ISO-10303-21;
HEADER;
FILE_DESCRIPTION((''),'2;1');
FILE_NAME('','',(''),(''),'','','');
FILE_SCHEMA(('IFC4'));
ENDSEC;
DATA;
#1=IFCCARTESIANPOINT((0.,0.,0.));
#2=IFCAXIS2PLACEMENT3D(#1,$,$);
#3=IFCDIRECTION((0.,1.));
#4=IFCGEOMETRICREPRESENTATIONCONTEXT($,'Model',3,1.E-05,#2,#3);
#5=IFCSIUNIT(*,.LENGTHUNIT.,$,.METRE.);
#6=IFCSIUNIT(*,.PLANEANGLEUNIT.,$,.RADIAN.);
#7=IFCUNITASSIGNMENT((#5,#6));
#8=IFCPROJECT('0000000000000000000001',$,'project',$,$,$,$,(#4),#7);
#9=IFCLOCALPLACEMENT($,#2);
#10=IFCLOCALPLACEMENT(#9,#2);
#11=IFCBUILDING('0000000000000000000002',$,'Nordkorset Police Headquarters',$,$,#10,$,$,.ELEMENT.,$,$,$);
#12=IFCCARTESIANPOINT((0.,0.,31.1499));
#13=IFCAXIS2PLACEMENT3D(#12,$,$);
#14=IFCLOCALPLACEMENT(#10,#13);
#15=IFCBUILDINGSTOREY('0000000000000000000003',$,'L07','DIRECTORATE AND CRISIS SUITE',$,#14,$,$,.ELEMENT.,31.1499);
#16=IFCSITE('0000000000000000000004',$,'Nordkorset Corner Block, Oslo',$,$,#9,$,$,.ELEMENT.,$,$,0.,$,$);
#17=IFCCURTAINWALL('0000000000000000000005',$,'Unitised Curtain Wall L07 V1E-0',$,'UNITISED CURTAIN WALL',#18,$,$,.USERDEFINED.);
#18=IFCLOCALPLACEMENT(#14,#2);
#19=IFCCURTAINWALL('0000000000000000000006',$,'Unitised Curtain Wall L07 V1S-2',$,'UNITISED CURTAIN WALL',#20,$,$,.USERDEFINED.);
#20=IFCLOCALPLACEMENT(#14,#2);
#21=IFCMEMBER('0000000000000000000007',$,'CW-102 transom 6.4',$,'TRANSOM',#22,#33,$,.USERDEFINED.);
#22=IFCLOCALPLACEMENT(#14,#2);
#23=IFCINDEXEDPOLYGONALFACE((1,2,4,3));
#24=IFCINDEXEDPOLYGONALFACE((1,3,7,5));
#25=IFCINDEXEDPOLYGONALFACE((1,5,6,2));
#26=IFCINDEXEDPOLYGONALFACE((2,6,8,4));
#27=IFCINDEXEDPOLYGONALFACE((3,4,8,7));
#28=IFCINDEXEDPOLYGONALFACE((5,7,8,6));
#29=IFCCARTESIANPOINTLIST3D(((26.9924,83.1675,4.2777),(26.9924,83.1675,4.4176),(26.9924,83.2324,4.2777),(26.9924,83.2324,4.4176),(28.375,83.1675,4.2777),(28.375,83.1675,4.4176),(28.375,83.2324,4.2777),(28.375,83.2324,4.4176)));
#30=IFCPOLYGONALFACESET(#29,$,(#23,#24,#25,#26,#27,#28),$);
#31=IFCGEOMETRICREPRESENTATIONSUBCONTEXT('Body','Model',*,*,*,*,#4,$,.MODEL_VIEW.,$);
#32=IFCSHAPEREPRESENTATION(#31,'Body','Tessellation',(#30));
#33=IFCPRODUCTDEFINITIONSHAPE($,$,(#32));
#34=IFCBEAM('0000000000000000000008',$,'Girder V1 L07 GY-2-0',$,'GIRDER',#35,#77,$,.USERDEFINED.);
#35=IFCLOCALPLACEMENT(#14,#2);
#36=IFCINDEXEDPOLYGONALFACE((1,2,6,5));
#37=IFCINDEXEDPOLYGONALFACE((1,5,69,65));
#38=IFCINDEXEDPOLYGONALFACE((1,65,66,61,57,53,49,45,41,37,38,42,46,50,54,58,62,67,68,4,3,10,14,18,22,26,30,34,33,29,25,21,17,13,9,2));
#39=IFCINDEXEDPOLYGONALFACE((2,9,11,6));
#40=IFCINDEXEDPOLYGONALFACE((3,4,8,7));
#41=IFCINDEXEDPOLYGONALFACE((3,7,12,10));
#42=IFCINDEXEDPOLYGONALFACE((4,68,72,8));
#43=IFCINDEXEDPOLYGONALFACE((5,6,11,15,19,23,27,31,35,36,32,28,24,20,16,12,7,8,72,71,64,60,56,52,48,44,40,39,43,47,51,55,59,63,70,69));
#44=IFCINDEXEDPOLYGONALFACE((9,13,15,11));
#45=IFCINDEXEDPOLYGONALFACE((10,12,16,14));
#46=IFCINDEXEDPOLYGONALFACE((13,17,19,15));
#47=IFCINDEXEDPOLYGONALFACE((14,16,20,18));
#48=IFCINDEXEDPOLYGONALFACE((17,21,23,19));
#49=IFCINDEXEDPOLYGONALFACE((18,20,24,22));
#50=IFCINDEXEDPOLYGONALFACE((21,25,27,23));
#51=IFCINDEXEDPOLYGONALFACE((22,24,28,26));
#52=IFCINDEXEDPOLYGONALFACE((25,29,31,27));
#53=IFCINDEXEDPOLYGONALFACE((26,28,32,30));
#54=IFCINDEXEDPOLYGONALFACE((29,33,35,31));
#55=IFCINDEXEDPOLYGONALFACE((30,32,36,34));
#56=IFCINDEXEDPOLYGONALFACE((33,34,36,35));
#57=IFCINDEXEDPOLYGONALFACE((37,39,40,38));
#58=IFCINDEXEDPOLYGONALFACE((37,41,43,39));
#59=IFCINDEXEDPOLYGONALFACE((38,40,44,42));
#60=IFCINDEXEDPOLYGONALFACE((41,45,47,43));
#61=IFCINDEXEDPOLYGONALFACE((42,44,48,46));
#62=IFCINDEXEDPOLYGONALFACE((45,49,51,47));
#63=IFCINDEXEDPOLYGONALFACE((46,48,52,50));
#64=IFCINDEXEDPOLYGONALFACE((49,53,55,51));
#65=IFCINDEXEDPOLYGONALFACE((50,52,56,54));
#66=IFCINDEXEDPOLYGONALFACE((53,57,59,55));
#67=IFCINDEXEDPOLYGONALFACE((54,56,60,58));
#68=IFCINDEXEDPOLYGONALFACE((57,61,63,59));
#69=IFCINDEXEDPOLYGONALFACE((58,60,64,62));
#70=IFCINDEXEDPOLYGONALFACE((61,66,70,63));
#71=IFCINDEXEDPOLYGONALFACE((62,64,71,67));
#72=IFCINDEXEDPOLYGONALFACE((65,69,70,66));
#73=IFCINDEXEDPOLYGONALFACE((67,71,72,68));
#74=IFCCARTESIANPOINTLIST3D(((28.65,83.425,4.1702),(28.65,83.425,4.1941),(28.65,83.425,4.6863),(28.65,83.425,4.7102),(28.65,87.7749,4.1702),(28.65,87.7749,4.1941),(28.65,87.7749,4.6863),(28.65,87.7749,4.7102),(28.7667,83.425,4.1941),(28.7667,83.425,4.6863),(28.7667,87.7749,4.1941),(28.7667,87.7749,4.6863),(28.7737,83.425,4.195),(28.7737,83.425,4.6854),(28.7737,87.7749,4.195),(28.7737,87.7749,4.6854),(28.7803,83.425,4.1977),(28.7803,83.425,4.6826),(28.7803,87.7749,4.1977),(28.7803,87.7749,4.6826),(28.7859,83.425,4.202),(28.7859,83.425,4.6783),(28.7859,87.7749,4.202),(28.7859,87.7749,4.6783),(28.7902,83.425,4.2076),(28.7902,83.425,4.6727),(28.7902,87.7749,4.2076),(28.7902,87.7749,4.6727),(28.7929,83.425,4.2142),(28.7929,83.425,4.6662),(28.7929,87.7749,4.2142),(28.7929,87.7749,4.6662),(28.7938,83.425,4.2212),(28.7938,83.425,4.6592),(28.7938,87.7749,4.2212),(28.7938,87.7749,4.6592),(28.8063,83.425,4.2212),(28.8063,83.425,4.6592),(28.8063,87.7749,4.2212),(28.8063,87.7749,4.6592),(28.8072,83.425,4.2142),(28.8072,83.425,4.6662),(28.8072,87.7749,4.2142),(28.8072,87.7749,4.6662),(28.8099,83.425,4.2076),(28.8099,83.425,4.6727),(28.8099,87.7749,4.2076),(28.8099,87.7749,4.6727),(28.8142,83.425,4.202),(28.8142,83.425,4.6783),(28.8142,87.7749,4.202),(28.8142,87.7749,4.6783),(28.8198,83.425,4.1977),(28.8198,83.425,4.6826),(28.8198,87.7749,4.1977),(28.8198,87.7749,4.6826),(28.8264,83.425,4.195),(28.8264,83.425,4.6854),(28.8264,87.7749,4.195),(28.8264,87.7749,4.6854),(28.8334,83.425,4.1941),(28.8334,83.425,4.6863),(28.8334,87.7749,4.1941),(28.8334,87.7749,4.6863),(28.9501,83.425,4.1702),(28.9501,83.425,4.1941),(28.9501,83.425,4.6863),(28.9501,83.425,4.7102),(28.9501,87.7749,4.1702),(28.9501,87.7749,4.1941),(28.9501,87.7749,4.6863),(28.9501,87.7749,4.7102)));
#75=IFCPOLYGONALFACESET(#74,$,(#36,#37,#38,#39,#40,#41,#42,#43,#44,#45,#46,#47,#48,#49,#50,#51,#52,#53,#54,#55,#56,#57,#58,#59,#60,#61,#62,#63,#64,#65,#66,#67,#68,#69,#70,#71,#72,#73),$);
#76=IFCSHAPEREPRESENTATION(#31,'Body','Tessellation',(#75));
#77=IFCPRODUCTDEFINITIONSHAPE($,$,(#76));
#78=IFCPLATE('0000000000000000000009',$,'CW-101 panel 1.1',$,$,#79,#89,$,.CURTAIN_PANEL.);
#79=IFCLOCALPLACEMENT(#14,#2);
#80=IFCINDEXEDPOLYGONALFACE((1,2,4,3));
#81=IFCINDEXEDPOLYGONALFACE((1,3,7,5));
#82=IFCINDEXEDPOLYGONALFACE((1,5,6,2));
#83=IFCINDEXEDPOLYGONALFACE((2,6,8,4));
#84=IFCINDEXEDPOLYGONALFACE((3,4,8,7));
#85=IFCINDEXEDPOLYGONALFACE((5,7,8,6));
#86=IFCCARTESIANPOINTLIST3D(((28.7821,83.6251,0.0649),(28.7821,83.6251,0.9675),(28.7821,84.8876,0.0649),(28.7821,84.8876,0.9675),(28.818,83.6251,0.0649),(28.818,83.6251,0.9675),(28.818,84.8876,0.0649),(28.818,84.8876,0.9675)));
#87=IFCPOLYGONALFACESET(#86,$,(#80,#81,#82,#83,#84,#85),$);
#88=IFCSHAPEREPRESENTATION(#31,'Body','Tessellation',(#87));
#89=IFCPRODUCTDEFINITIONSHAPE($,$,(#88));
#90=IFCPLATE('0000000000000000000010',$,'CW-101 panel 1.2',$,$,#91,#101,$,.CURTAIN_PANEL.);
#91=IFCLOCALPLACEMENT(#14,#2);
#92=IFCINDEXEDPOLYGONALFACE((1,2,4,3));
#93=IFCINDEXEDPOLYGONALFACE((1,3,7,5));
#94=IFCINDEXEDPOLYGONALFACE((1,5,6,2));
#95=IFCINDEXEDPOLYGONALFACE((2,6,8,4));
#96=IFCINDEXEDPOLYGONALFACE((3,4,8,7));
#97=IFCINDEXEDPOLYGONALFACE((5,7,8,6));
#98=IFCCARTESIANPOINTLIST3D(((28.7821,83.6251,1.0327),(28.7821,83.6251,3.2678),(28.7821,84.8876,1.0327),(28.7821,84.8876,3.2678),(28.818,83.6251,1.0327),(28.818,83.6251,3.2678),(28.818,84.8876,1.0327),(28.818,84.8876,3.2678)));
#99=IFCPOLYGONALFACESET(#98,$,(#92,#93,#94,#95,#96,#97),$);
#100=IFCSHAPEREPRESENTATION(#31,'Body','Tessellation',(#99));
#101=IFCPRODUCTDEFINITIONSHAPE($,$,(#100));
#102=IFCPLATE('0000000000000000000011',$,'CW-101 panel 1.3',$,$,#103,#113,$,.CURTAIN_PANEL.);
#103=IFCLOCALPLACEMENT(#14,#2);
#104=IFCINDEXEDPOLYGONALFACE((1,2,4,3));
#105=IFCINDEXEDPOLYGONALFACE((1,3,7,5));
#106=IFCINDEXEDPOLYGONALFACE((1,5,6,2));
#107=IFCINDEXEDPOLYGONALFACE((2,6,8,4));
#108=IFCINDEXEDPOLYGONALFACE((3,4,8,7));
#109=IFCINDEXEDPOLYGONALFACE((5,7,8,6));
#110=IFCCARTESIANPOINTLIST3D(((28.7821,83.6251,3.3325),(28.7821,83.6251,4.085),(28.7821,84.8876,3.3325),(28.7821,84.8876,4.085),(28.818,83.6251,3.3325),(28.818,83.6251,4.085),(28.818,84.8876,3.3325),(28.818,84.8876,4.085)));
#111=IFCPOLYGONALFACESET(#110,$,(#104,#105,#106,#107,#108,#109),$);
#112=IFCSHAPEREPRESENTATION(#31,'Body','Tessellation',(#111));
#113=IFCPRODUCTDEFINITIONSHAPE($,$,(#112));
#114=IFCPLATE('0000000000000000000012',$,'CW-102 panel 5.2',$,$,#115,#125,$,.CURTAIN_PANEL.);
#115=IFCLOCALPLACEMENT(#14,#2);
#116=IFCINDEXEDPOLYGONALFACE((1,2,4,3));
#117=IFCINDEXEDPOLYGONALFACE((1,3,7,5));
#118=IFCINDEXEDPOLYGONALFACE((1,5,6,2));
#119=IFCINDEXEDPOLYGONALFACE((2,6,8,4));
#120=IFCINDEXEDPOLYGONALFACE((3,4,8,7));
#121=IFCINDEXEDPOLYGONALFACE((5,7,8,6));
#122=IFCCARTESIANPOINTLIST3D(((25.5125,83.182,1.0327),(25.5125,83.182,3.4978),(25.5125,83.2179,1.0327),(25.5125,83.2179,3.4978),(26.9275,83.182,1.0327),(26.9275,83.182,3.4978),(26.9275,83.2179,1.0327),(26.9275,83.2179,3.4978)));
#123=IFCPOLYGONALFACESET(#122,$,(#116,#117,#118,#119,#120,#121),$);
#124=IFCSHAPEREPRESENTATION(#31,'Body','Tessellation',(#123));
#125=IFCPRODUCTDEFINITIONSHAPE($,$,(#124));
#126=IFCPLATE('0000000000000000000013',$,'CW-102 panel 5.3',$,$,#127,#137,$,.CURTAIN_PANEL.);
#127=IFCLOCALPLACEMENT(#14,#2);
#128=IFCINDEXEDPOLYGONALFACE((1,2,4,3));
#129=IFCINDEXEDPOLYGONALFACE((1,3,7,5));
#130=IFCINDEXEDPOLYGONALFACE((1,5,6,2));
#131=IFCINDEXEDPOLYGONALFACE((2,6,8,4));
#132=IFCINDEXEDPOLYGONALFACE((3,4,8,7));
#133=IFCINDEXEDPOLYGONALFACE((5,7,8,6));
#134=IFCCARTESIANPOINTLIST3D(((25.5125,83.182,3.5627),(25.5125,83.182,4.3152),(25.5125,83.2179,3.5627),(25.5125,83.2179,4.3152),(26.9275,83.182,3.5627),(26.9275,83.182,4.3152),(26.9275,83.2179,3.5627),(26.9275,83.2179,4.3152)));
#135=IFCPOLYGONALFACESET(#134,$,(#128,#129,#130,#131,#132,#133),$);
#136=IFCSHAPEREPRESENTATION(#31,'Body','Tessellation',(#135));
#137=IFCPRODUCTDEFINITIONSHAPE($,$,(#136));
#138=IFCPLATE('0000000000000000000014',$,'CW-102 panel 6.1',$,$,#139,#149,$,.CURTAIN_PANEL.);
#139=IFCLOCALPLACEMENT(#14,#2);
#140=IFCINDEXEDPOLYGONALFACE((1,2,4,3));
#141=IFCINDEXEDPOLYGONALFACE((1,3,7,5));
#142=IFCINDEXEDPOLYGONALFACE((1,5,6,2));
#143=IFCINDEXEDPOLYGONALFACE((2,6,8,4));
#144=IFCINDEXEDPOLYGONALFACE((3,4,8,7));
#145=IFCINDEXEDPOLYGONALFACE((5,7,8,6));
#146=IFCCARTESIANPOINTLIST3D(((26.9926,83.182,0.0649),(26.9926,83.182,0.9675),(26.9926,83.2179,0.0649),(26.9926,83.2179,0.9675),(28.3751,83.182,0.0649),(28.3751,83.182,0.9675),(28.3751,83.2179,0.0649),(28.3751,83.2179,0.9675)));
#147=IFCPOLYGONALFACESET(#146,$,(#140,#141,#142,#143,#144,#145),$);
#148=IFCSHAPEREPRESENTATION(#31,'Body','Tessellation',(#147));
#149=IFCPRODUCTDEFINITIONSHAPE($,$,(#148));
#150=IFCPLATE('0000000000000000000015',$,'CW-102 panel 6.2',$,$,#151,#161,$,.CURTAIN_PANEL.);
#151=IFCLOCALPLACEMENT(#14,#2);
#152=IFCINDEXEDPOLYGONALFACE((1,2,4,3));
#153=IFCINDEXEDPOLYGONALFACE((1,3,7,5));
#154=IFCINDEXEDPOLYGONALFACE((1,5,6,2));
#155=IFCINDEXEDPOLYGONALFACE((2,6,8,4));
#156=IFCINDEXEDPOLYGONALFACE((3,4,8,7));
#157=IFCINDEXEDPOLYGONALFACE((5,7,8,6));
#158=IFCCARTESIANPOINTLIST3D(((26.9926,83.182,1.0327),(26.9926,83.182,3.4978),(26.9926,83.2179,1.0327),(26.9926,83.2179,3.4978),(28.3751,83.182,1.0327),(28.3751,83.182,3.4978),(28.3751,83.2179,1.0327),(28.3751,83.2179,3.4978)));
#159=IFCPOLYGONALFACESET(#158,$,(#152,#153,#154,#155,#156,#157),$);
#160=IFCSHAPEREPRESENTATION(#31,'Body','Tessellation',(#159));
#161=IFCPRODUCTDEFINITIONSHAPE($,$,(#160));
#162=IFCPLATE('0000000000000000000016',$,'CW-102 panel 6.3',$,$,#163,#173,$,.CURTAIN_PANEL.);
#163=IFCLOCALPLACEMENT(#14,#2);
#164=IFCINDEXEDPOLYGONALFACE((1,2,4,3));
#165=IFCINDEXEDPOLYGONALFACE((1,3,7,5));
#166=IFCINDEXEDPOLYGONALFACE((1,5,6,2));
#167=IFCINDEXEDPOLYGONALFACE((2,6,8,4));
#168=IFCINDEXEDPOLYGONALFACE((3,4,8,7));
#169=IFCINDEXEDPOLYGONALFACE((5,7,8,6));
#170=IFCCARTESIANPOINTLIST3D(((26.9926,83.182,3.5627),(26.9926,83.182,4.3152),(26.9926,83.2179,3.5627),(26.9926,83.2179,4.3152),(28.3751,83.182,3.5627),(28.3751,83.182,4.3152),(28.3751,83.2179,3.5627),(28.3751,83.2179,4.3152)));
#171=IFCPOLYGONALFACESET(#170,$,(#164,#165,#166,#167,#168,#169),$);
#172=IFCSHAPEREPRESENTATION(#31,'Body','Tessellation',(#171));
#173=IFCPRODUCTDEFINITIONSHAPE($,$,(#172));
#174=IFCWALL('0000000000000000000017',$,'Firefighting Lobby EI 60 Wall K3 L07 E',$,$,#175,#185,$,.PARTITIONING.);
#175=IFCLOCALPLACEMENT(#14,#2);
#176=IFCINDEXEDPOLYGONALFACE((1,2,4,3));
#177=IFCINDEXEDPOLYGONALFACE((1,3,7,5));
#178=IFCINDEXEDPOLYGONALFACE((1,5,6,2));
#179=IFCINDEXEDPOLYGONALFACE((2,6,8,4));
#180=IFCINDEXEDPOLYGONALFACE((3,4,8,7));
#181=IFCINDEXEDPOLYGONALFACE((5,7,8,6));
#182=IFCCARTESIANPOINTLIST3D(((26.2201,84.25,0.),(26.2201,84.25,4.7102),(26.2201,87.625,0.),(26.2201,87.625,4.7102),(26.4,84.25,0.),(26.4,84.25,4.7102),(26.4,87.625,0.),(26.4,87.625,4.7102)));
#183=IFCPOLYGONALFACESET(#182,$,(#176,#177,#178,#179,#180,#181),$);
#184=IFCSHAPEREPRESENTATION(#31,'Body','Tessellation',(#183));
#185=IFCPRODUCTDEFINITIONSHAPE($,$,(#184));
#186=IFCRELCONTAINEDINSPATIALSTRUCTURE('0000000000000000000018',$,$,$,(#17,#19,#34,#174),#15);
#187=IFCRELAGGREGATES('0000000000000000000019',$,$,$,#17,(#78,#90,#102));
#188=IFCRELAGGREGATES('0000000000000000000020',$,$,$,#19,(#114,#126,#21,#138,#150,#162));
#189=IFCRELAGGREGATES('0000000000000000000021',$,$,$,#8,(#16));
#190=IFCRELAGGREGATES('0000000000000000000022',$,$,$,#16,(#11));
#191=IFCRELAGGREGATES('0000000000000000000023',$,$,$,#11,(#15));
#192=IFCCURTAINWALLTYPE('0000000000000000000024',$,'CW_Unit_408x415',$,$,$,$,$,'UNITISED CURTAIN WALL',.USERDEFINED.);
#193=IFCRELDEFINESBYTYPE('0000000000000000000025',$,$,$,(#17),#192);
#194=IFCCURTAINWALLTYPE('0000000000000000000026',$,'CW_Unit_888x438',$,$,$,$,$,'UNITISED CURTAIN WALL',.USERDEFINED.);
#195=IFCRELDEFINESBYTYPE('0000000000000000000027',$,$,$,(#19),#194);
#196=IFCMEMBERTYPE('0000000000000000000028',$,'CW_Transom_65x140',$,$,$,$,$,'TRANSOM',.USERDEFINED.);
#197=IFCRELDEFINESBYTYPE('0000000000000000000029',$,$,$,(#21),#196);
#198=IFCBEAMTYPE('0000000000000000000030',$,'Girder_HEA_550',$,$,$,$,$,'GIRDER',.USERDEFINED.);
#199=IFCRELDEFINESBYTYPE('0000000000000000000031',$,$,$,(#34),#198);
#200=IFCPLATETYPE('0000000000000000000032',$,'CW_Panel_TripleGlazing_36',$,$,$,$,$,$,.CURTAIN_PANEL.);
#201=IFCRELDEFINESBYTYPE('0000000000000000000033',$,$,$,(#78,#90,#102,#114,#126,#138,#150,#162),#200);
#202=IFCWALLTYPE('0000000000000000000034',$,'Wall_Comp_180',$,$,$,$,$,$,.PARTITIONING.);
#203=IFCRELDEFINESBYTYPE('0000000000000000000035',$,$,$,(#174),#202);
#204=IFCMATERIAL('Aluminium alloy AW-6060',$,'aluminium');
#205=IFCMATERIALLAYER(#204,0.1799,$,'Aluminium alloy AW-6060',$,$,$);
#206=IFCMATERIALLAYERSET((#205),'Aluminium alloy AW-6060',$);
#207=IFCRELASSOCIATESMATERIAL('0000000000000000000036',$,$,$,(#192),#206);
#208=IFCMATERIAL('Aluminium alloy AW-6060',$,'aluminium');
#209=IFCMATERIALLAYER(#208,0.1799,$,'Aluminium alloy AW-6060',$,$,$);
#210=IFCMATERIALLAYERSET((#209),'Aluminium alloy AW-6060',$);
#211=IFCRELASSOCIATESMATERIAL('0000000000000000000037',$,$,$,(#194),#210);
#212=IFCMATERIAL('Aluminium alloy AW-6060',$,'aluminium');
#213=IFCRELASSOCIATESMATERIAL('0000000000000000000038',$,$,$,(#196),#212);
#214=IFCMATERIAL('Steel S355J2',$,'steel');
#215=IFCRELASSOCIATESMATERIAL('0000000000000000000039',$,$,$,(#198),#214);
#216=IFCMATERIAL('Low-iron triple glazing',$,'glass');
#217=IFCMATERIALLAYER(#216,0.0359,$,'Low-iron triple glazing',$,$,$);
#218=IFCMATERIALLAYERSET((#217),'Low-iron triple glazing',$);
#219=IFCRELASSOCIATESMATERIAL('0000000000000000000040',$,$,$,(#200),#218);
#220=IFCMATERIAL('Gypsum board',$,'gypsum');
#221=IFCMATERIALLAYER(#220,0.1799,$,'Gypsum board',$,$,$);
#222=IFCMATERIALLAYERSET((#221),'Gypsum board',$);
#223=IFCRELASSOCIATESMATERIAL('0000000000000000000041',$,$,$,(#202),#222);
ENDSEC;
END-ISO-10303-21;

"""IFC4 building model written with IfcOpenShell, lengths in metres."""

from ifc_helpers import new_model, si_unit, direction, frame, frame_2d, origin, origin_2d, place, context, subcontext, project, spatial, rectangle, i_section, extrude, material, layer, layer_set, material_profile, profile_set, type_object, element, aggregate, save


model = new_model("IFC4")

# Units and contexts
model_context = context("Model", 3, precision=1e-05, world=origin(), true_north=direction((0.0, 1.0)))
body_context = subcontext(model_context, "Body", "Model", "MODEL_VIEW")
ifc_project = project(units=[si_unit("LENGTHUNIT", "METRE"), si_unit("PLANEANGLEUNIT", "RADIAN")], contexts=[model_context])

# Site, building, storey
site_placement = place(None, origin())
site = spatial("IfcSite", under=ifc_project, at=site_placement, Name="Nordkorset Corner Block, Oslo", CompositionType="ELEMENT", RefElevation=0.0)
building_placement = place(site_placement, origin())
building = spatial("IfcBuilding", under=site, at=building_placement, Name="Nordkorset Police Headquarters", CompositionType="ELEMENT")
storey_placement = place(building_placement, frame((0.0, 0.0, 31.1499)))
storey = spatial("IfcBuildingStorey", under=building, at=storey_placement, Name="L07", Description="DIRECTORATE AND CRISIS SUITE", CompositionType="ELEMENT", Elevation=31.1499)

# Curtain walls
ifc_material_1 = material(Name="Aluminium alloy AW-6060", Category="aluminium")
ifc_layer_1 = layer(ifc_material_1, 0.1799, Name="Aluminium alloy AW-6060")
ifc_layer_set_1 = layer_set([ifc_layer_1], Name="Aluminium alloy AW-6060")
curtain_wall_type_1 = type_object("IfcCurtainWallType", Name="CW_Unit_408x415", ElementType="UNITISED CURTAIN WALL", PredefinedType="USERDEFINED", material=ifc_layer_set_1)
curtain_wall_1_placement = place(storey_placement, origin())
curtain_wall_1 = element("IfcCurtainWall", 1, at=curtain_wall_1_placement, inside=storey, type_object=curtain_wall_type_1, Name="Unitised Curtain Wall L07 V1E-0", ObjectType="UNITISED CURTAIN WALL", PredefinedType="USERDEFINED")
ifc_material_2 = material(Name="Aluminium alloy AW-6060", Category="aluminium")
ifc_layer_2 = layer(ifc_material_2, 0.1799, Name="Aluminium alloy AW-6060")
ifc_layer_set_2 = layer_set([ifc_layer_2], Name="Aluminium alloy AW-6060")
curtain_wall_type_2 = type_object("IfcCurtainWallType", Name="CW_Unit_888x438", ElementType="UNITISED CURTAIN WALL", PredefinedType="USERDEFINED", material=ifc_layer_set_2)
curtain_wall_2_placement = place(storey_placement, origin())
curtain_wall_2 = element("IfcCurtainWall", 2, at=curtain_wall_2_placement, inside=storey, type_object=curtain_wall_type_2, Name="Unitised Curtain Wall L07 V1S-2", ObjectType="UNITISED CURTAIN WALL", PredefinedType="USERDEFINED")

# Member
ifc_material_3 = material(Name="Aluminium alloy AW-6060", Category="aluminium")
ifc_material_profile_1 = material_profile(ifc_material_3, rectangle(XDim=0.0649, YDim=0.1399, at=origin_2d()), Name="ALU TRAN 65x140")
ifc_profile_set_1 = profile_set([ifc_material_profile_1], Name="Aluminium alloy AW-6060")
member_type_1 = type_object("IfcMemberType", Name="CW_Transom_65x140", ElementType="TRANSOM", PredefinedType="USERDEFINED", material=ifc_profile_set_1)
member_1_placement = place(storey_placement, frame((26.9924, 83.2, 4.3477), z_axis=(1.0, 0.0, 0.0), x_axis=(0.0, 1.0, 0.0)))
member_1 = element("IfcMember", 3, at=member_1_placement, type_object=member_type_1, Name="CW-102 transom 6.4", ObjectType="TRANSOM", PredefinedType="USERDEFINED", context=body_context, shape_type="SweptSolid", body=[
    extrude(rectangle(XDim=0.0649, YDim=0.1399, at=origin_2d()), origin(), (0.0, 0.0, 1.0), 1.3826),
])

# Beam
ifc_material_4 = material(Name="Steel S355J2", Category="steel")
ifc_material_profile_2 = material_profile(ifc_material_4, i_section(OverallWidth=0.3, OverallDepth=0.54, WebThickness=0.0125, FlangeThickness=0.0239, FilletRadius=0.0271, at=origin_2d()), Name="HEA 550")
ifc_profile_set_2 = profile_set([ifc_material_profile_2], Name="Steel S355J2")
beam_type = type_object("IfcBeamType", Name="Girder_HEA_550", ElementType="GIRDER", PredefinedType="USERDEFINED", material=ifc_profile_set_2)
beam_placement = place(storey_placement, frame((28.8, 83.425, 4.4402), z_axis=(0.0, 1.0, 0.0), x_axis=(-1.0, 0.0, 0.0)))
element("IfcBeam", 4, at=beam_placement, inside=storey, type_object=beam_type, Name="Girder V1 L07 GY-2-0", ObjectType="GIRDER", PredefinedType="USERDEFINED", context=body_context, shape_type="SweptSolid", body=[
    extrude(i_section(OverallWidth=0.3, OverallDepth=0.54, WebThickness=0.0125, FlangeThickness=0.0239, FilletRadius=0.0271, at=origin_2d()), origin(), (0.0, 0.0, 1.0), 4.3499),
])

# Plates
ifc_material_5 = material(Name="Low-iron triple glazing", Category="glass")
ifc_layer_3 = layer(ifc_material_5, 0.0359, Name="Low-iron triple glazing")
ifc_layer_set_3 = layer_set([ifc_layer_3], Name="Low-iron triple glazing")
plate_type = type_object("IfcPlateType", Name="CW_Panel_TripleGlazing_36", PredefinedType="CURTAIN_PANEL", material=ifc_layer_set_3)
plate_1_placement = place(storey_placement, frame((28.8, 84.2563, 0.0649), z_axis=(0.0, 0.0, 1.0), x_axis=(0.0, 1.0, 0.0)))
plate_1 = element("IfcPlate", 5, at=plate_1_placement, type_object=plate_type, Name="CW-101 panel 1.1", PredefinedType="CURTAIN_PANEL", context=body_context, shape_type="SweptSolid", body=[
    extrude(rectangle(XDim=1.2625, YDim=0.0359, at=origin_2d()), origin(), (0.0, 0.0, 1.0), 0.9026),
])
plate_2_placement = place(storey_placement, frame((28.8, 84.2563, 1.0327), z_axis=(0.0, 0.0, 1.0), x_axis=(0.0, 1.0, 0.0)))
plate_2 = element("IfcPlate", 6, at=plate_2_placement, type_object=plate_type, Name="CW-101 panel 1.2", PredefinedType="CURTAIN_PANEL", context=body_context, shape_type="SweptSolid", body=[
    extrude(rectangle(XDim=1.2625, YDim=0.0359, at=origin_2d()), origin(), (0.0, 0.0, 1.0), 2.2351),
])
plate_3_placement = place(storey_placement, frame((28.8, 84.2563, 3.3325), z_axis=(0.0, 0.0, 1.0), x_axis=(0.0, 1.0, 0.0)))
plate_3 = element("IfcPlate", 7, at=plate_3_placement, type_object=plate_type, Name="CW-101 panel 1.3", PredefinedType="CURTAIN_PANEL", context=body_context, shape_type="SweptSolid", body=[
    extrude(rectangle(XDim=1.2625, YDim=0.0359, at=origin_2d()), origin(), (0.0, 0.0, 1.0), 0.7524),
])
aggregate(curtain_wall_1, [plate_1, plate_2, plate_3])
plate_4_placement = place(storey_placement, frame((26.22, 83.2, 1.0327), z_axis=(0.0, 0.0, 1.0), x_axis=(1.0, 0.0, 0.0)))
plate_4 = element("IfcPlate", 8, at=plate_4_placement, type_object=plate_type, Name="CW-102 panel 5.2", PredefinedType="CURTAIN_PANEL", context=body_context, shape_type="SweptSolid", body=[
    extrude(rectangle(XDim=1.415, YDim=0.0359, at=origin_2d()), origin(), (0.0, 0.0, 1.0), 2.4651),
])
plate_5_placement = place(storey_placement, frame((26.22, 83.2, 3.5627), z_axis=(0.0, 0.0, 1.0), x_axis=(1.0, 0.0, 0.0)))
plate_5 = element("IfcPlate", 9, at=plate_5_placement, type_object=plate_type, Name="CW-102 panel 5.3", PredefinedType="CURTAIN_PANEL", context=body_context, shape_type="SweptSolid", body=[
    extrude(rectangle(XDim=1.415, YDim=0.0359, at=origin_2d()), origin(), (0.0, 0.0, 1.0), 0.7524),
])
plate_6_placement = place(storey_placement, frame((27.6838, 83.2, 0.0649), z_axis=(0.0, 0.0, 1.0), x_axis=(1.0, 0.0, 0.0)))
plate_6 = element("IfcPlate", 10, at=plate_6_placement, type_object=plate_type, Name="CW-102 panel 6.1", PredefinedType="CURTAIN_PANEL", context=body_context, shape_type="SweptSolid", body=[
    extrude(rectangle(XDim=1.3826, YDim=0.0359, at=origin_2d()), origin(), (0.0, 0.0, 1.0), 0.9026),
])
plate_7_placement = place(storey_placement, frame((27.6838, 83.2, 1.0327), z_axis=(0.0, 0.0, 1.0), x_axis=(1.0, 0.0, 0.0)))
plate_7 = element("IfcPlate", 11, at=plate_7_placement, type_object=plate_type, Name="CW-102 panel 6.2", PredefinedType="CURTAIN_PANEL", context=body_context, shape_type="SweptSolid", body=[
    extrude(rectangle(XDim=1.3826, YDim=0.0359, at=origin_2d()), origin(), (0.0, 0.0, 1.0), 2.4651),
])
plate_8_placement = place(storey_placement, frame((27.6838, 83.2, 3.5627), z_axis=(0.0, 0.0, 1.0), x_axis=(1.0, 0.0, 0.0)))
plate_8 = element("IfcPlate", 12, at=plate_8_placement, type_object=plate_type, Name="CW-102 panel 6.3", PredefinedType="CURTAIN_PANEL", context=body_context, shape_type="SweptSolid", body=[
    extrude(rectangle(XDim=1.3826, YDim=0.0359, at=origin_2d()), origin(), (0.0, 0.0, 1.0), 0.7524),
])
aggregate(curtain_wall_2, [plate_4, plate_5, member_1, plate_6, plate_7, plate_8])

# Wall
ifc_material_6 = material(Name="Gypsum board", Category="gypsum")
ifc_layer_4 = layer(ifc_material_6, 0.1799, Name="Gypsum board")
ifc_layer_set_4 = layer_set([ifc_layer_4], Name="Gypsum board")
wall_type = type_object("IfcWallType", Name="Wall_Comp_180", PredefinedType="PARTITIONING", material=ifc_layer_set_4)
wall_placement = place(storey_placement, frame((26.3101, 84.25, 0.0), z_axis=(0.0, 0.0, 1.0), x_axis=(0.0, 1.0, 0.0)))
element("IfcWall", 13, at=wall_placement, inside=storey, type_object=wall_type, Name="Firefighting Lobby EI 60 Wall K3 L07 E", PredefinedType="PARTITIONING", context=body_context, shape_type="SweptSolid", body=[
    extrude(rectangle(XDim=3.375, YDim=0.1799, at=frame_2d((1.6875, 0.0))), origin(), (0.0, 0.0, 1.0), 4.7102),
])

save(model, "model.ifc")
